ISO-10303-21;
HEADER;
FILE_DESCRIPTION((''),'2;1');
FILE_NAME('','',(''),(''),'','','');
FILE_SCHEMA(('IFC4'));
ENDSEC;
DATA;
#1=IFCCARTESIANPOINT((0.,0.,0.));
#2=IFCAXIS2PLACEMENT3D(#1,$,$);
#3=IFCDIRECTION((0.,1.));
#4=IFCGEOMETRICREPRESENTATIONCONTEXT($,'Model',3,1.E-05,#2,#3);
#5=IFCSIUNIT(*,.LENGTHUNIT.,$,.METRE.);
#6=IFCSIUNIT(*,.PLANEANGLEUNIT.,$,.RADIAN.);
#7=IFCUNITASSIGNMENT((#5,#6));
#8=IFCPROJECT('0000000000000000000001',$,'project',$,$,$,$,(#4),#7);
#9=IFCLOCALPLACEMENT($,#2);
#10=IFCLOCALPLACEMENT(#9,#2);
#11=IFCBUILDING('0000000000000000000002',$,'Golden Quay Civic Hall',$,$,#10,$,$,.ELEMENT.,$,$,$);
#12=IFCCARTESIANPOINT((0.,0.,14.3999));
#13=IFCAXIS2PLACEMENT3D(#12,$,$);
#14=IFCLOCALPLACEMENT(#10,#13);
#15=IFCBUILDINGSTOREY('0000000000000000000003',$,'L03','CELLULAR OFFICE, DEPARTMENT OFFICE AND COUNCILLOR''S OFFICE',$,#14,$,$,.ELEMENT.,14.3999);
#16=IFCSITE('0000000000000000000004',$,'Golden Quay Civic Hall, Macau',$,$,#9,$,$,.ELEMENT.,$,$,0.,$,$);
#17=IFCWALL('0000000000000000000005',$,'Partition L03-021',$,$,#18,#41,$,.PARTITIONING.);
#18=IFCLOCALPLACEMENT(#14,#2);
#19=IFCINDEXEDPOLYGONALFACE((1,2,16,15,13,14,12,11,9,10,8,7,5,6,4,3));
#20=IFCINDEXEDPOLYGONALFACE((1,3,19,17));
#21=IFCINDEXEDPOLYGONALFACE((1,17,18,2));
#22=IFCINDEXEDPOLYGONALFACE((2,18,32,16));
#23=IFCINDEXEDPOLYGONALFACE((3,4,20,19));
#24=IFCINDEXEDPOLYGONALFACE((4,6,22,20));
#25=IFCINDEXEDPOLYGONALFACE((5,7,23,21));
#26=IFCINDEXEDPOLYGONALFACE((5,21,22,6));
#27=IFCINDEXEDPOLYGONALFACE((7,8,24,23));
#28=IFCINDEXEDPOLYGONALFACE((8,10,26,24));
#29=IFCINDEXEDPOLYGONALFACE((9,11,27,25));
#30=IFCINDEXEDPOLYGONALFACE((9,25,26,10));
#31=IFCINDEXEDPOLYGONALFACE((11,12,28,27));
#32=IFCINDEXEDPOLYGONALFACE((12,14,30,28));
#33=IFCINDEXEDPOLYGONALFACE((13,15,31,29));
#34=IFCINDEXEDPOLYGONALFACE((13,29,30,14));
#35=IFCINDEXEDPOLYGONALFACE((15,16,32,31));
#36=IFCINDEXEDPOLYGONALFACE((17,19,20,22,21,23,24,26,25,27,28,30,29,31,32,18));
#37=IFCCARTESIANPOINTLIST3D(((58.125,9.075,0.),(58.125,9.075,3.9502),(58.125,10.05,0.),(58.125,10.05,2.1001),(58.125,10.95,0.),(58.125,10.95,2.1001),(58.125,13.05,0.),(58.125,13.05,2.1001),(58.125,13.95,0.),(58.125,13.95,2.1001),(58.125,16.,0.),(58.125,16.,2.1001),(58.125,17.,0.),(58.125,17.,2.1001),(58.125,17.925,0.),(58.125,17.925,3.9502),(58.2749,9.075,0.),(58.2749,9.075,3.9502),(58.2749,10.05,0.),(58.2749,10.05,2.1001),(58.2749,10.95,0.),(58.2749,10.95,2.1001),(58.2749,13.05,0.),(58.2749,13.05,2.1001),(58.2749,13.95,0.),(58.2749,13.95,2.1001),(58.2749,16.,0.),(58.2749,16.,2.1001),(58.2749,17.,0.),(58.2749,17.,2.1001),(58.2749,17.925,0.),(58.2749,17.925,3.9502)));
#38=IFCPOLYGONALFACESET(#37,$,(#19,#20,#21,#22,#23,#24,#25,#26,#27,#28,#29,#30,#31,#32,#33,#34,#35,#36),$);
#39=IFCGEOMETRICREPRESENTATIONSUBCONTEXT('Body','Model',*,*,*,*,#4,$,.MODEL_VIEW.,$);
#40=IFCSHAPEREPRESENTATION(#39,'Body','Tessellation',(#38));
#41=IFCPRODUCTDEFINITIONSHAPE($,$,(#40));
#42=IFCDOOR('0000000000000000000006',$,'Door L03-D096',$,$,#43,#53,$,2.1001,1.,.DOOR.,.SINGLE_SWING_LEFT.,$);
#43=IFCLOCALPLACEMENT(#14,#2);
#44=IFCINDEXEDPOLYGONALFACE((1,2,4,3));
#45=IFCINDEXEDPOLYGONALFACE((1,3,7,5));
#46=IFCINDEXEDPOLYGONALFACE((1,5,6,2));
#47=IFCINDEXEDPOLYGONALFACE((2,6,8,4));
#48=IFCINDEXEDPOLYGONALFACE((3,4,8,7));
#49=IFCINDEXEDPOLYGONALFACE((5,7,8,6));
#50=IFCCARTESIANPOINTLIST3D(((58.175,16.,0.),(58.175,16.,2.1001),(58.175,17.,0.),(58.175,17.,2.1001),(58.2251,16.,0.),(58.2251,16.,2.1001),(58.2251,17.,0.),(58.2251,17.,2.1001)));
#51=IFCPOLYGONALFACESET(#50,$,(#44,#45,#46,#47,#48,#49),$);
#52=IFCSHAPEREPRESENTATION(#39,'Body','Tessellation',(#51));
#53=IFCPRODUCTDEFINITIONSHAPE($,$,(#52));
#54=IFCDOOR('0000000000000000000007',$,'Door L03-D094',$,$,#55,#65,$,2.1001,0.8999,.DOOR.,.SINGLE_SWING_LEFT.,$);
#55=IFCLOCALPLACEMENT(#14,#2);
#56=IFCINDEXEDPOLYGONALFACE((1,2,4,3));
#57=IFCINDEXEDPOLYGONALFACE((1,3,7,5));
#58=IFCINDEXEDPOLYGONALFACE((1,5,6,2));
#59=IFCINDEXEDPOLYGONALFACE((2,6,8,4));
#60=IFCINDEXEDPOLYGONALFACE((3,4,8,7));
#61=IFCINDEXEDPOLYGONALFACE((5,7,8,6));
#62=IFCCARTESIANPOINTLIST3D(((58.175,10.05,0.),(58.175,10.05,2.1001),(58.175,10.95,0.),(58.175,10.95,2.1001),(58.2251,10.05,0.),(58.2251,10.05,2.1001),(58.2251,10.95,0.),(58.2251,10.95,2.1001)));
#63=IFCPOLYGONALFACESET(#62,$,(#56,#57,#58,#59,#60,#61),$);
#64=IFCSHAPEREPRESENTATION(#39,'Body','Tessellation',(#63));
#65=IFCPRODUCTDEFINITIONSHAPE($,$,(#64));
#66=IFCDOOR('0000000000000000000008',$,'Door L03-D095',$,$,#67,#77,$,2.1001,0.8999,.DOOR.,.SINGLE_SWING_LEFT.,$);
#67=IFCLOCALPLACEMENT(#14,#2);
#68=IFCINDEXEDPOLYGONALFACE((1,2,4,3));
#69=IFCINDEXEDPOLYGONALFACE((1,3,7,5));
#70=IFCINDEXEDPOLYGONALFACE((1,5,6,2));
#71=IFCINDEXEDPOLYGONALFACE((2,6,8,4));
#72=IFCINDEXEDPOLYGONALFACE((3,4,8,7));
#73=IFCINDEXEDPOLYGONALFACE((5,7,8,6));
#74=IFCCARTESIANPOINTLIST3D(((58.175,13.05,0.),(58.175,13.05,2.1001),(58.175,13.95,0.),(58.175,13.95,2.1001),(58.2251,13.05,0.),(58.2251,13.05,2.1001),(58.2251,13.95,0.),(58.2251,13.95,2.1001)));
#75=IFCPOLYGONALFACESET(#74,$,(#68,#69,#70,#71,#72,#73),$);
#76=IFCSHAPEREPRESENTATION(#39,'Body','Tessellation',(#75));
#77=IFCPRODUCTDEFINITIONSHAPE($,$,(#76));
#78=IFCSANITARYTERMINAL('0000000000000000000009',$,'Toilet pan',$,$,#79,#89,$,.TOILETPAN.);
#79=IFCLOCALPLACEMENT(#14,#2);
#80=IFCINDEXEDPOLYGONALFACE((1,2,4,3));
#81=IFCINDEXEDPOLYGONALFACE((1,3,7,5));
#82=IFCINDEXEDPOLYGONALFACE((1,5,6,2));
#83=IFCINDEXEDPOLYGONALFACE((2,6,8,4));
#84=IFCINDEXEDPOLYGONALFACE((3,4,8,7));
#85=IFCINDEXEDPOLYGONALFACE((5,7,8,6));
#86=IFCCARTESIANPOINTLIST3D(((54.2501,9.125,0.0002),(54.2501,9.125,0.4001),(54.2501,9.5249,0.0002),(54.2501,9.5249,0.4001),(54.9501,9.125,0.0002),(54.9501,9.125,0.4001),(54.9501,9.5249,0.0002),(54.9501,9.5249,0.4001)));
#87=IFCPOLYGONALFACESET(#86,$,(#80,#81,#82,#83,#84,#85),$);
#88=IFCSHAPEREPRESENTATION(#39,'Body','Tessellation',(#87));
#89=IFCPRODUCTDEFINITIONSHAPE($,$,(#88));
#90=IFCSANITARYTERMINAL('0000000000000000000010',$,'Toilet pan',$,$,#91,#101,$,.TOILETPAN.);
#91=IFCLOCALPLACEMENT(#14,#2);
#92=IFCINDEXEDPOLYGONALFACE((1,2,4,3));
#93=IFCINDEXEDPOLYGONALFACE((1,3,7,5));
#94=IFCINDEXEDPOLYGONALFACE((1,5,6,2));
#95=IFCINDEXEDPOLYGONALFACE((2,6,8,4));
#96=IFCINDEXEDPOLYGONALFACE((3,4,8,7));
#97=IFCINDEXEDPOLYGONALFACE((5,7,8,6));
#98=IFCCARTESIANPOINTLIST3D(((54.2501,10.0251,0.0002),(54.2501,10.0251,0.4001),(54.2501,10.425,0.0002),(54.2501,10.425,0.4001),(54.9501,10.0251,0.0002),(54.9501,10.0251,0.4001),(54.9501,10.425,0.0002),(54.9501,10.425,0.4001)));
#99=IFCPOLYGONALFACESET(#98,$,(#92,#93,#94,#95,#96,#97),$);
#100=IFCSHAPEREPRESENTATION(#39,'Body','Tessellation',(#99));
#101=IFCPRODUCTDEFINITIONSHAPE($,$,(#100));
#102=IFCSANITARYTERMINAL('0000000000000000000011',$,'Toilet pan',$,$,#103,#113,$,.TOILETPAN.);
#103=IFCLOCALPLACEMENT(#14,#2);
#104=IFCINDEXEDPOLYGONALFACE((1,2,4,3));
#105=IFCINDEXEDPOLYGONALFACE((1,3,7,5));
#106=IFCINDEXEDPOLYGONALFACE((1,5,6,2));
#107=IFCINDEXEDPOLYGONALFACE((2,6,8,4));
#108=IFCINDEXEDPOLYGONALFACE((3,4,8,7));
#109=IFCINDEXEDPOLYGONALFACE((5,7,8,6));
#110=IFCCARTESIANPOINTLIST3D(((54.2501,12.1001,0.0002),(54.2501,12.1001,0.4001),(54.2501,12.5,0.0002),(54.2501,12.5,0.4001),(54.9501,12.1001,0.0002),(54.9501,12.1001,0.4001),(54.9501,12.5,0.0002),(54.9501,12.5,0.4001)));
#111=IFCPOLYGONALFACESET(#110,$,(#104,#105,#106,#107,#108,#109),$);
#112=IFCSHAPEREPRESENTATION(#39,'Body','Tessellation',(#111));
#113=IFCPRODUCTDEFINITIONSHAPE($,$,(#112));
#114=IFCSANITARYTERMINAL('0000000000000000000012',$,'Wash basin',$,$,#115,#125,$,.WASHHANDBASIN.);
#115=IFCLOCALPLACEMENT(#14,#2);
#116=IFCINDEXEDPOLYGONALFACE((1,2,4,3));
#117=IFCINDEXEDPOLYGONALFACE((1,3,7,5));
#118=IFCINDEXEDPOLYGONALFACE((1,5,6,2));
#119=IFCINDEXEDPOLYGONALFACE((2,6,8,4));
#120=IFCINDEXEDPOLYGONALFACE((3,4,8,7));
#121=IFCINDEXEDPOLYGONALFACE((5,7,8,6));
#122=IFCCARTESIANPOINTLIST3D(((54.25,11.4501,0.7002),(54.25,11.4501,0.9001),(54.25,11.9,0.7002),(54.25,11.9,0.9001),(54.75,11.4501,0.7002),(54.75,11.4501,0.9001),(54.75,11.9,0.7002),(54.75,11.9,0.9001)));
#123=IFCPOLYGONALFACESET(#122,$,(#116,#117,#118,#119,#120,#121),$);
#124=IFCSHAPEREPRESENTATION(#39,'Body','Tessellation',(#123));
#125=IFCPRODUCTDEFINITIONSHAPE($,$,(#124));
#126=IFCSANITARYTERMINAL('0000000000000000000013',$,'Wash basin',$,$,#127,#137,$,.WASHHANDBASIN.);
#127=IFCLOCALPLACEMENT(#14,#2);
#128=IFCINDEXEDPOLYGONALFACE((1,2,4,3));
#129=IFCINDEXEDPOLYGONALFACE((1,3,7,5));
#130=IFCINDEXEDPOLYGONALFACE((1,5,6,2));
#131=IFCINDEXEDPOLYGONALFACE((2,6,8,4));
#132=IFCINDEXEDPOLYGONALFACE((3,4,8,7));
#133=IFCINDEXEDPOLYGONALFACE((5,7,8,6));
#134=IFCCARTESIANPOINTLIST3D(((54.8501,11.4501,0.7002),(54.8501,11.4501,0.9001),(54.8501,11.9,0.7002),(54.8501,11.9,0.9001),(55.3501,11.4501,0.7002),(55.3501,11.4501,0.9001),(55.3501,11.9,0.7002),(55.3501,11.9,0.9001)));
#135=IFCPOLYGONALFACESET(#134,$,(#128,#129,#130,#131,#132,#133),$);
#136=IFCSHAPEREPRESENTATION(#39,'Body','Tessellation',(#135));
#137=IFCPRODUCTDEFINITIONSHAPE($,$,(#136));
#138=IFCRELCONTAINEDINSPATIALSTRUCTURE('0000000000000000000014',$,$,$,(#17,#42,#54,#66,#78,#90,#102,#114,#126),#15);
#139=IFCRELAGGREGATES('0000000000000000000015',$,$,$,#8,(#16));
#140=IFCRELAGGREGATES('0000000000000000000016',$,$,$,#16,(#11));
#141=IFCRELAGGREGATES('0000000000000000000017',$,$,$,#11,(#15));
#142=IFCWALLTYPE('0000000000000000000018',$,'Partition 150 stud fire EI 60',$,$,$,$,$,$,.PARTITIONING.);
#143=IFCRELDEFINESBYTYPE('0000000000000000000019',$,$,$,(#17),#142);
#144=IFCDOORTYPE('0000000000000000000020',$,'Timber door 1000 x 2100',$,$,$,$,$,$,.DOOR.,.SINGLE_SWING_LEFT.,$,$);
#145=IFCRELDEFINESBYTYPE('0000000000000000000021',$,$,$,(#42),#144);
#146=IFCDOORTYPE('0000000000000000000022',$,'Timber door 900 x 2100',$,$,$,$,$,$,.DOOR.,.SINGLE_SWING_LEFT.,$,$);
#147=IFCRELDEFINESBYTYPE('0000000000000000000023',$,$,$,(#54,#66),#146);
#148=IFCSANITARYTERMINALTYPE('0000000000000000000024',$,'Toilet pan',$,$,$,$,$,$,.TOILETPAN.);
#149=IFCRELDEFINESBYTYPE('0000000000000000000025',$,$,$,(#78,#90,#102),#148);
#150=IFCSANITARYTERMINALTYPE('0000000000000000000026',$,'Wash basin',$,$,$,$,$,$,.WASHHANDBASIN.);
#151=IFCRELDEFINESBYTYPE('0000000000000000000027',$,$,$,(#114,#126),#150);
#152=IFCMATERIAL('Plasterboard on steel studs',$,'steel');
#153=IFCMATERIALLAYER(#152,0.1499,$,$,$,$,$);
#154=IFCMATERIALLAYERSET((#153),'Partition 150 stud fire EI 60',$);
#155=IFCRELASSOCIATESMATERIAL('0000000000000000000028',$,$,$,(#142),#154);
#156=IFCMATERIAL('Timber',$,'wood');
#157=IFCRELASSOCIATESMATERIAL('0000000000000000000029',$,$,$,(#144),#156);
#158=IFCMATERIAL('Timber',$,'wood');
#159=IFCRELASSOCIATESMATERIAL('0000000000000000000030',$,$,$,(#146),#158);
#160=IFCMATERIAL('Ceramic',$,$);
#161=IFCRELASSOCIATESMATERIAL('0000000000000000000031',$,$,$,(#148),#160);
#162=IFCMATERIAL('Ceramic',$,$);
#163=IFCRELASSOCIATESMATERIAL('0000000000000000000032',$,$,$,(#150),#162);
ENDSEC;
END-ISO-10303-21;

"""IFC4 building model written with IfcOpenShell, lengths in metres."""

from ifc_helpers import new_model, si_unit, direction, frame, frame_2d, origin, origin_2d, place, context, subcontext, project, spatial, rectangle, extrude, material, layer, layer_set, type_object, element, fill, save


model = new_model("IFC4")

# Units and contexts
model_context = context("Model", 3, precision=1e-05, world=origin(), true_north=direction((0.0, 1.0)))
body_context = subcontext(model_context, "Body", "Model", "MODEL_VIEW")
ifc_project = project(units=[si_unit("LENGTHUNIT", "METRE"), si_unit("PLANEANGLEUNIT", "RADIAN")], contexts=[model_context])

# Site, building, storey
site_placement = place(None, origin())
site = spatial("IfcSite", under=ifc_project, at=site_placement, Name="Golden Quay Civic Hall, Macau", CompositionType="ELEMENT", RefElevation=0.0)
building_placement = place(site_placement, origin())
building = spatial("IfcBuilding", under=site, at=building_placement, Name="Golden Quay Civic Hall", CompositionType="ELEMENT")
storey_placement = place(building_placement, frame((0.0, 0.0, 14.3999)))
storey = spatial("IfcBuildingStorey", under=building, at=storey_placement, Name="L03", Description="CELLULAR OFFICE, DEPARTMENT OFFICE AND COUNCILLOR'S OFFICE", CompositionType="ELEMENT", Elevation=14.3999)

# Shared definitions
ifc_material_1 = material(Name="Plasterboard on steel studs", Category="steel")
ifc_layer_1 = layer(ifc_material_1, 0.1499)
ifc_layer_set_1 = layer_set([ifc_layer_1], Name="Partition 150 stud fire EI 60")
wall_type_1 = type_object("IfcWallType", Name="Partition 150 stud fire EI 60", PredefinedType="PARTITIONING", material=ifc_layer_set_1)

# Wall, openings, doors
wall_1_placement = place(storey_placement, frame((58.2, 9.075, 0.0), z_axis=(0.0, 0.0, 1.0), x_axis=(0.0, 1.0, 0.0)))
wall_1 = element("IfcWall", 1, at=wall_1_placement, inside=storey, type_object=wall_type_1, Name="Partition L03-021", PredefinedType="PARTITIONING", context=body_context, shape_type="SweptSolid", body=[
    extrude(rectangle(XDim=8.8501, YDim=0.1499, at=frame_2d((4.425, 0.0))), origin(), (0.0, 0.0, 1.0), 3.9502),
])
opening_1_placement = place(wall_1_placement, frame((0.9751, 0.0, 0.0)))
opening_1 = element("IfcOpeningElement", 2, at=opening_1_placement, cuts=wall_1, PredefinedType="OPENING", context=body_context, shape_type="SweptSolid", body=[
    extrude(rectangle(XDim=0.8999, YDim=2.1001, at=frame_2d((0.45, 1.05))), frame((0.0, 0.085, 0.0), z_axis=(0.0, -1.0, 0.0), x_axis=(1.0, 0.0, 0.0)), (0.0, 0.0, 1.0), 0.1699),
])
opening_2_placement = place(wall_1_placement, frame((3.9751, 0.0, 0.0)))
opening_2 = element("IfcOpeningElement", 3, at=opening_2_placement, cuts=wall_1, PredefinedType="OPENING", context=body_context, shape_type="SweptSolid", body=[
    extrude(rectangle(XDim=0.8999, YDim=2.1001, at=frame_2d((0.45, 1.05))), frame((0.0, 0.085, 0.0), z_axis=(0.0, -1.0, 0.0), x_axis=(1.0, 0.0, 0.0)), (0.0, 0.0, 1.0), 0.1699),
])
opening_3_placement = place(wall_1_placement, frame((6.925, 0.0, 0.0)))
opening_3 = element("IfcOpeningElement", 4, at=opening_3_placement, cuts=wall_1, PredefinedType="OPENING", context=body_context, shape_type="SweptSolid", body=[
    extrude(rectangle(XDim=1.0, YDim=2.1001, at=frame_2d((0.5, 1.05))), frame((0.0, 0.085, 0.0), z_axis=(0.0, -1.0, 0.0), x_axis=(1.0, 0.0, 0.0)), (0.0, 0.0, 1.0), 0.1699),
])
ifc_material_2 = material(Name="Timber", Category="wood")
door_type_1 = type_object("IfcDoorType", Name="Timber door 1000 x 2100", OperationType="SINGLE_SWING_LEFT", PredefinedType="DOOR", material=ifc_material_2)
door_1_placement = place(opening_3_placement, origin())
door_1 = element("IfcDoor", 5, at=door_1_placement, inside=storey, type_object=door_type_1, Name="Door L03-D096", OperationType="SINGLE_SWING_LEFT", OverallHeight=2.1001, OverallWidth=1.0, PredefinedType="DOOR", context=body_context, shape_type="SweptSolid", body=[
    extrude(rectangle(XDim=1.0, YDim=2.1001, at=frame_2d((0.5, 1.05))), frame((0.0, 0.0249, 0.0), z_axis=(0.0, -1.0, 0.0), x_axis=(1.0, 0.0, 0.0)), (0.0, 0.0, 1.0), 0.05),
])
fill(opening_3, door_1)
ifc_material_3 = material(Name="Timber", Category="wood")
door_type_2 = type_object("IfcDoorType", Name="Timber door 900 x 2100", OperationType="SINGLE_SWING_LEFT", PredefinedType="DOOR", material=ifc_material_3)
door_2_placement = place(opening_1_placement, origin())
door_2 = element("IfcDoor", 6, at=door_2_placement, inside=storey, type_object=door_type_2, Name="Door L03-D094", OperationType="SINGLE_SWING_LEFT", OverallHeight=2.1001, OverallWidth=0.8999, PredefinedType="DOOR", context=body_context, shape_type="SweptSolid", body=[
    extrude(rectangle(XDim=0.8999, YDim=2.1001, at=frame_2d((0.45, 1.05))), frame((0.0, 0.0249, 0.0), z_axis=(0.0, -1.0, 0.0), x_axis=(1.0, 0.0, 0.0)), (0.0, 0.0, 1.0), 0.05),
])
fill(opening_1, door_2)
door_3_placement = place(opening_2_placement, origin())
door_3 = element("IfcDoor", 7, at=door_3_placement, inside=storey, type_object=door_type_2, Name="Door L03-D095", OperationType="SINGLE_SWING_LEFT", OverallHeight=2.1001, OverallWidth=0.8999, PredefinedType="DOOR", context=body_context, shape_type="SweptSolid", body=[
    extrude(rectangle(XDim=0.8999, YDim=2.1001, at=frame_2d((0.45, 1.05))), frame((0.0, 0.0249, 0.0), z_axis=(0.0, -1.0, 0.0), x_axis=(1.0, 0.0, 0.0)), (0.0, 0.0, 1.0), 0.05),
])
fill(opening_2, door_3)

# Sanitary terminals
ifc_material_4 = material(Name="Ceramic")
sanitary_terminal_type_1 = type_object("IfcSanitaryTerminalType", Name="Toilet pan", PredefinedType="TOILETPAN", material=ifc_material_4)
for number, where, z_axis, x_axis, name in (
    (8, (54.6001, 9.325, 0.0002), (0.0, 0.0, 1.0), (0.0, 1.0, 0.0), "Toilet pan"),
    (9, (54.6001, 10.2251, 0.0002), (0.0, 0.0, 1.0), (0.0, 1.0, 0.0), "Toilet pan"),
    (10, (54.6001, 12.3, 0.0002), (0.0, 0.0, 1.0), (0.0, 1.0, 0.0), "Toilet pan"),
):
    element("IfcSanitaryTerminal", number, at=place(storey_placement, frame(where, z_axis=z_axis, x_axis=x_axis)), inside=storey, type_object=sanitary_terminal_type_1, Name=name, PredefinedType="TOILETPAN", context=body_context, shape_type="SweptSolid", body=[
        extrude(rectangle(XDim=0.3999, YDim=0.7, at=origin_2d()), origin(), (0.0, 0.0, 1.0), 0.3999),
    ])
ifc_material_5 = material(Name="Ceramic")
sanitary_terminal_type_2 = type_object("IfcSanitaryTerminalType", Name="Wash basin", PredefinedType="WASHHANDBASIN", material=ifc_material_5)
for number, where, z_axis, x_axis, name in (
    (11, (54.5, 11.675, 0.7002), (0.0, 0.0, 1.0), (1.0, 0.0, 0.0), "Wash basin"),
    (12, (55.1001, 11.675, 0.7002), (0.0, 0.0, 1.0), (1.0, 0.0, 0.0), "Wash basin"),
):
    element("IfcSanitaryTerminal", number, at=place(storey_placement, frame(where, z_axis=z_axis, x_axis=x_axis)), inside=storey, type_object=sanitary_terminal_type_2, Name=name, PredefinedType="WASHHANDBASIN", context=body_context, shape_type="SweptSolid", body=[
        extrude(rectangle(XDim=0.5, YDim=0.45, at=origin_2d()), origin(), (0.0, 0.0, 1.0), 0.2),
    ])

save(model, "model.ifc")
